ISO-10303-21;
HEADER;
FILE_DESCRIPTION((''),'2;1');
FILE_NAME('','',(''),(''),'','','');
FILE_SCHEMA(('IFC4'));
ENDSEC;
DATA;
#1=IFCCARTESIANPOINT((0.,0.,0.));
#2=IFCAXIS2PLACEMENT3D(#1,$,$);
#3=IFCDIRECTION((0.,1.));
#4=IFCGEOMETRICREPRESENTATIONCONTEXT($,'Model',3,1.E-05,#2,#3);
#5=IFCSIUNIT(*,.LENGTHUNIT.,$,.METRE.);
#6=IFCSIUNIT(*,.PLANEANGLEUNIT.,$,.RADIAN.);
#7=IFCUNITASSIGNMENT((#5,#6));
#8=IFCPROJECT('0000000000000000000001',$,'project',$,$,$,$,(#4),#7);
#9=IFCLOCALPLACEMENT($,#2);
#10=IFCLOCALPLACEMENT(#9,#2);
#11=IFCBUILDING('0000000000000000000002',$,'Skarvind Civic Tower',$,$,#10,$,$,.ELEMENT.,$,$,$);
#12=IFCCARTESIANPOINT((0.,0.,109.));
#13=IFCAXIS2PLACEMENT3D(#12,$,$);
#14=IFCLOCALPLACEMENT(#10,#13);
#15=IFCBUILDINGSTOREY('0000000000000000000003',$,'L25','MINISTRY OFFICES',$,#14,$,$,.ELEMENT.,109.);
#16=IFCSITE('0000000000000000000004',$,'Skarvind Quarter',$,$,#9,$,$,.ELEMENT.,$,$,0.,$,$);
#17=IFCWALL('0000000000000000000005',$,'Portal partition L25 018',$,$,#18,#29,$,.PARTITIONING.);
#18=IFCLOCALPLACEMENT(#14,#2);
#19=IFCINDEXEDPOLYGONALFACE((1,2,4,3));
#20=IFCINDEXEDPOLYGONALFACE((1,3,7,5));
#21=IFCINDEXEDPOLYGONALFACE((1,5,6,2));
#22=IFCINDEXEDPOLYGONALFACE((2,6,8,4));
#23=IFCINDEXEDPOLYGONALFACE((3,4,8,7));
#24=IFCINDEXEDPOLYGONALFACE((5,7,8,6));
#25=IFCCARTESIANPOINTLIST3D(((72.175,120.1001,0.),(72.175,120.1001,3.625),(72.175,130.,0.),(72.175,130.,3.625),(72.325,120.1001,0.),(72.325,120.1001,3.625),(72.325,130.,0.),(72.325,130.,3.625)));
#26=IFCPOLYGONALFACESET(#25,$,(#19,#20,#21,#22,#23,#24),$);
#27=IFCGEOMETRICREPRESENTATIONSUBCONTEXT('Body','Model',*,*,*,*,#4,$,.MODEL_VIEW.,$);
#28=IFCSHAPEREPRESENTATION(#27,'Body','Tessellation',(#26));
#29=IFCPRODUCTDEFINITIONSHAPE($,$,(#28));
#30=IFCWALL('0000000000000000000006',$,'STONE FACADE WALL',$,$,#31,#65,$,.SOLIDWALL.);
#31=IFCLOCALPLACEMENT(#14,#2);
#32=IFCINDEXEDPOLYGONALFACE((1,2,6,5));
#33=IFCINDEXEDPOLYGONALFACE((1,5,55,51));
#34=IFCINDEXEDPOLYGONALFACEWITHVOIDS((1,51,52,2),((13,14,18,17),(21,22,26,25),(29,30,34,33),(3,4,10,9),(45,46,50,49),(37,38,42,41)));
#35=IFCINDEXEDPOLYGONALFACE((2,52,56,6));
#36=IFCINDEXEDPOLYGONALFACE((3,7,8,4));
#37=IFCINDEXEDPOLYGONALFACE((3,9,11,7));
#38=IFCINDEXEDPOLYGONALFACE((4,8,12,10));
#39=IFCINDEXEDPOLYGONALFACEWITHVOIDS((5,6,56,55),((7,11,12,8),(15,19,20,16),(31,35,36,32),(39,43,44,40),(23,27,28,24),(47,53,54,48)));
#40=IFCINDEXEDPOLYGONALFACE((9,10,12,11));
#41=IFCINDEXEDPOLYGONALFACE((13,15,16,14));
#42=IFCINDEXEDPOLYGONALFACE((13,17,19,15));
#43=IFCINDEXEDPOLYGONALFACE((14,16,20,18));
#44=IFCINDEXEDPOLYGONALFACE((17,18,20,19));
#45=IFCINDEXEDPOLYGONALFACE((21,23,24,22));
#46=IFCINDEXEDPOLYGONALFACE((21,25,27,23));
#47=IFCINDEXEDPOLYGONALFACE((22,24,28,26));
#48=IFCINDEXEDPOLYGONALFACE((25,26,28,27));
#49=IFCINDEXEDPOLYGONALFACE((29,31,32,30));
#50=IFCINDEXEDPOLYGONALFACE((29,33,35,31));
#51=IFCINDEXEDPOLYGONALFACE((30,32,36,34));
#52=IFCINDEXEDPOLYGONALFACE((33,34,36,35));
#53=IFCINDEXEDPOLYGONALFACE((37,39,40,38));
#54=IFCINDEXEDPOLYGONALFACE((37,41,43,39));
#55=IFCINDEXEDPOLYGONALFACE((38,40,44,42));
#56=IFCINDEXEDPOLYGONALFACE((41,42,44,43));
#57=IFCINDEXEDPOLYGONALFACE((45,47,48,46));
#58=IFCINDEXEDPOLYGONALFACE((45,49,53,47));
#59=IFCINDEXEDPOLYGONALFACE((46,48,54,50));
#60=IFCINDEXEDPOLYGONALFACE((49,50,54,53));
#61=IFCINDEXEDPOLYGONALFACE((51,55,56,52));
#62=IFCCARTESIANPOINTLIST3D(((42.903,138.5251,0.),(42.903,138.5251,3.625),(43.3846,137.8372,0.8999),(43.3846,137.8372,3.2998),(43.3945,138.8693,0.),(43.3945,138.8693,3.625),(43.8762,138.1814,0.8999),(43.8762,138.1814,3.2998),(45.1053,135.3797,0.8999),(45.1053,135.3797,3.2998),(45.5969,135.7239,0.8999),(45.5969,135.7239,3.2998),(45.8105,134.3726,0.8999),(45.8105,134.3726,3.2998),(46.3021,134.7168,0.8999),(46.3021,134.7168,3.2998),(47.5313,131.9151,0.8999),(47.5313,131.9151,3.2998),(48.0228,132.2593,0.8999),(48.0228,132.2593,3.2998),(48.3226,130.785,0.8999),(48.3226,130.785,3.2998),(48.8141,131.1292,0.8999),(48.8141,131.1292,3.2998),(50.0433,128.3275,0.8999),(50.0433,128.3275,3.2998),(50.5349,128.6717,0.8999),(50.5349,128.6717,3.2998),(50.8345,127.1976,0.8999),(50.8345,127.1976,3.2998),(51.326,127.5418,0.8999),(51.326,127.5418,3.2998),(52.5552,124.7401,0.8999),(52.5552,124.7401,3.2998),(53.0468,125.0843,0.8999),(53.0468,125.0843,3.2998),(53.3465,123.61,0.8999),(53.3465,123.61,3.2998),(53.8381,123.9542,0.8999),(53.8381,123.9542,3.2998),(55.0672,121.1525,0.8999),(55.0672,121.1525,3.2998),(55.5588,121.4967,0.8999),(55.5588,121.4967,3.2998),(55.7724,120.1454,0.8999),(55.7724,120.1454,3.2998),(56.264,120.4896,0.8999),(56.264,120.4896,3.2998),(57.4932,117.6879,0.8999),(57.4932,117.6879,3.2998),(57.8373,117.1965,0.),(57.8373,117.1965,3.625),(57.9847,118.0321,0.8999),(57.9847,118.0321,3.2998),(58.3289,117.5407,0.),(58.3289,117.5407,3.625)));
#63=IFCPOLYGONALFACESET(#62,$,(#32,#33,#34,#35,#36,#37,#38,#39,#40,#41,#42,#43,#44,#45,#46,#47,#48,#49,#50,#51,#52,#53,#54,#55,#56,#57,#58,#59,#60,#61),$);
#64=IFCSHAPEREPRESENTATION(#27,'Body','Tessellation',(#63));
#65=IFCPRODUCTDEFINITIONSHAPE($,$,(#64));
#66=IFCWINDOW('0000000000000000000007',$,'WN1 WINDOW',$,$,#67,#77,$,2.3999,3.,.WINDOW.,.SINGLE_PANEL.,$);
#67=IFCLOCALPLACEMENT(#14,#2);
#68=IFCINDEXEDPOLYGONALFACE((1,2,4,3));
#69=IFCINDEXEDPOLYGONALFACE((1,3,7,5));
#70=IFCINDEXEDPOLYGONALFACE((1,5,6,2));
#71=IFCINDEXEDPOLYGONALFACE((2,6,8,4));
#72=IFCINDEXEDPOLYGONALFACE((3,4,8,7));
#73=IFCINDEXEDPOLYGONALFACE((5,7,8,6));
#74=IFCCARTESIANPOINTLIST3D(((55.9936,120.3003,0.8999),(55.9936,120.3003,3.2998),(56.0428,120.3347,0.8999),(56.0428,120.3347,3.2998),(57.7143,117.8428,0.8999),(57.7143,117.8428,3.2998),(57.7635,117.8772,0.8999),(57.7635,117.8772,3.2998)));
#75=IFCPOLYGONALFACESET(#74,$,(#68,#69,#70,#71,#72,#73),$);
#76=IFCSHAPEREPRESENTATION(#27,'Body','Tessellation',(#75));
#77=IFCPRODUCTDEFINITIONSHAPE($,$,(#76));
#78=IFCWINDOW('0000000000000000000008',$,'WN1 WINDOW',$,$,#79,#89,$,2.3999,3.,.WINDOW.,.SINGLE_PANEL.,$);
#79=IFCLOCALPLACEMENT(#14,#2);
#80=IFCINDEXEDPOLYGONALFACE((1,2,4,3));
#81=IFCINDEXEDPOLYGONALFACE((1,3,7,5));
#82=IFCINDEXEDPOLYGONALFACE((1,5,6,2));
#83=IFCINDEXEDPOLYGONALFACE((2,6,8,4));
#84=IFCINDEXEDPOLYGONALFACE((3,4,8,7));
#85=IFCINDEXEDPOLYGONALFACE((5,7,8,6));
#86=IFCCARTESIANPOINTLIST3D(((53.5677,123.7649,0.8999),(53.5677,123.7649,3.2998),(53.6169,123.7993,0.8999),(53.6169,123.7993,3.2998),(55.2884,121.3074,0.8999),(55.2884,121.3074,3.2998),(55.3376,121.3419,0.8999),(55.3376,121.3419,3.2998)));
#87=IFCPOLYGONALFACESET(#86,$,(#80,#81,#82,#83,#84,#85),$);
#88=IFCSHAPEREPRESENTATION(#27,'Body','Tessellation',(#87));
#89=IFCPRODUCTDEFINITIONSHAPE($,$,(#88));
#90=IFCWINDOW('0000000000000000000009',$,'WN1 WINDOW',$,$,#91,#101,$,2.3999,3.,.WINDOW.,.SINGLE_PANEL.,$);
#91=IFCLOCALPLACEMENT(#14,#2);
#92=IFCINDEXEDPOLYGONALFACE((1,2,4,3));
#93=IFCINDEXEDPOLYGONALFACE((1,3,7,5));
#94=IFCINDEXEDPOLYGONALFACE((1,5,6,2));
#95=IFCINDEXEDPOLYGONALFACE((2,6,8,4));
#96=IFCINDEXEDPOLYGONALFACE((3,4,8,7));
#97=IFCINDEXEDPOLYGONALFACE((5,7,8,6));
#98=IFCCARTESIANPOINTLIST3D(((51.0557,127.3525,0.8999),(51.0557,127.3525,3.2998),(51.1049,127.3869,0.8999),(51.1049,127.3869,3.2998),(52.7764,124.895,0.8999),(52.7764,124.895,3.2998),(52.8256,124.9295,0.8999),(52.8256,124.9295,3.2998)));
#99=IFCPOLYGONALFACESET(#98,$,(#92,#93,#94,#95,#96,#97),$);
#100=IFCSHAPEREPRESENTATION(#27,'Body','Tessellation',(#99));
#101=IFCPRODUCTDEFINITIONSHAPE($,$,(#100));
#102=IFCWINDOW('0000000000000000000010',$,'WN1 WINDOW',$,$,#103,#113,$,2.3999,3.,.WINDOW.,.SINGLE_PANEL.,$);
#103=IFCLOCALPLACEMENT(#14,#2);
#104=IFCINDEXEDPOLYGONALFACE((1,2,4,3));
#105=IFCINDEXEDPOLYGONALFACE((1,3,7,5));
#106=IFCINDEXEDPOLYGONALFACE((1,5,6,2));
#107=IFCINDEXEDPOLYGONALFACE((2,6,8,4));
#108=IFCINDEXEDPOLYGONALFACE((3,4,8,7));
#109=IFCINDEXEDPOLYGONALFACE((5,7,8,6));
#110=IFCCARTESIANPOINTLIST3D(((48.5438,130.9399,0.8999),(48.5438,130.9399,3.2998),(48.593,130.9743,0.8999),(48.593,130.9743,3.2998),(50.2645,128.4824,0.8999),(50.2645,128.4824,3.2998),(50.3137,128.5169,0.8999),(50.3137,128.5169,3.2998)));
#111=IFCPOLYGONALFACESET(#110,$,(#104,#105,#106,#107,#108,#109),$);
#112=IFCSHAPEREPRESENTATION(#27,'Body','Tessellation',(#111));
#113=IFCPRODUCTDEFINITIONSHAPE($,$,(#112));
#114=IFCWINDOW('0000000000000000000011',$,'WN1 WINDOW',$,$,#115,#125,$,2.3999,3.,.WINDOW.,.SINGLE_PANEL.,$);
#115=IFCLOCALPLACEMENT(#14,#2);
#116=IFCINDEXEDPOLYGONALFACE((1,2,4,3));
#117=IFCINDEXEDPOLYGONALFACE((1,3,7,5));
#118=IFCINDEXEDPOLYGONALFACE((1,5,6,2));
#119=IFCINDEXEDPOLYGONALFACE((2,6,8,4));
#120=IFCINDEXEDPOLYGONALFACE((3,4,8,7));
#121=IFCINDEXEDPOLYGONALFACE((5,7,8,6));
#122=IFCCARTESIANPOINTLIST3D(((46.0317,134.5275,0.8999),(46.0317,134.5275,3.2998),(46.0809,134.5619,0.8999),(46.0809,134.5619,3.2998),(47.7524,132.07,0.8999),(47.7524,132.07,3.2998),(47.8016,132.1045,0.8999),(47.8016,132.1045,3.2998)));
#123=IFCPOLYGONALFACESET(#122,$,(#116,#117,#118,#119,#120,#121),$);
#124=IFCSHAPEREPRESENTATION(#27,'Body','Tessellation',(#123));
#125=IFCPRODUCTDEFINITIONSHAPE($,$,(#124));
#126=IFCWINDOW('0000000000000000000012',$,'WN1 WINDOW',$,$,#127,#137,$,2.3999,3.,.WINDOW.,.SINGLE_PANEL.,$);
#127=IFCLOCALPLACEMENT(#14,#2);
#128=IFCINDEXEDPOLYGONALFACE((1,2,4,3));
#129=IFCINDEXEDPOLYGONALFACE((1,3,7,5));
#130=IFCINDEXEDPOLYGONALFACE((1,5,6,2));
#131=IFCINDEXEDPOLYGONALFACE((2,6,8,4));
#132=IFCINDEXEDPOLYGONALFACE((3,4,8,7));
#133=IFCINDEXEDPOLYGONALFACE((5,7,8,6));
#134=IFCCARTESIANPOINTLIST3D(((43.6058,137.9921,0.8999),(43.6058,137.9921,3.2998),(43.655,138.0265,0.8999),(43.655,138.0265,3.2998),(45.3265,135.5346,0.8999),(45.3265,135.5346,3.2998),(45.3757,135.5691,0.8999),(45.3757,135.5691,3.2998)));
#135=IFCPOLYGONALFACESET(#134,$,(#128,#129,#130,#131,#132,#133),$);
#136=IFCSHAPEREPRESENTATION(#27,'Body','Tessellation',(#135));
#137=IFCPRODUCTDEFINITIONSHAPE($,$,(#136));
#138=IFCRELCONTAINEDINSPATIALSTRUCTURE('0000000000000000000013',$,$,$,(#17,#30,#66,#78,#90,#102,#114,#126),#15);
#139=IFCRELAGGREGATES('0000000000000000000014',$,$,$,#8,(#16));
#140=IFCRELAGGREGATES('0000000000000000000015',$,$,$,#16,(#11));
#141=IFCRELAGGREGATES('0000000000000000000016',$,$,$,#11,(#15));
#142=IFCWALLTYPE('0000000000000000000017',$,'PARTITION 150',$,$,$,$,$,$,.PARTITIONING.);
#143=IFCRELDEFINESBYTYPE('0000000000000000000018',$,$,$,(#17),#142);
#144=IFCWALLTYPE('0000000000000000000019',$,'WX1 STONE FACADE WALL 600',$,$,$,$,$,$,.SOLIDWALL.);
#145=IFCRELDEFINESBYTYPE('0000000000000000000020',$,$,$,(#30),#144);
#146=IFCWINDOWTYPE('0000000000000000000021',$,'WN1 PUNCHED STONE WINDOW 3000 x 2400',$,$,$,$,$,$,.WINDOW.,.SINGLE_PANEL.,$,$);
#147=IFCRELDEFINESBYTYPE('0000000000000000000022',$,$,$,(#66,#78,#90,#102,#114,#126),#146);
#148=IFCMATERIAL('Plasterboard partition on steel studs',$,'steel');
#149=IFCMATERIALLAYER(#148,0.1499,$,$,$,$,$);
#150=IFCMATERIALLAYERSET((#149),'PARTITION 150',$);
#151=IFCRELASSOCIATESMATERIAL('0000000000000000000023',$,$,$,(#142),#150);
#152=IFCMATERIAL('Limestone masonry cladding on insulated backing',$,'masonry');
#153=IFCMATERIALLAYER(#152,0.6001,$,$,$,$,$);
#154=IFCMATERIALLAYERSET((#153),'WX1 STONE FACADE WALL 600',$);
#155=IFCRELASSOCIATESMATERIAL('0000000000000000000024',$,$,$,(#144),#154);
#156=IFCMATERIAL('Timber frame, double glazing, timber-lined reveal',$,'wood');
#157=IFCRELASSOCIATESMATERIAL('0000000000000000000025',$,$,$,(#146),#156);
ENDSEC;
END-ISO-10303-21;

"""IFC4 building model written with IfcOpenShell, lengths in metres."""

from ifc_helpers import new_model, si_unit, direction, frame, frame_2d, origin, place, context, subcontext, project, spatial, rectangle, extrude, material, layer, layer_set, type_object, element, fill, save


model = new_model("IFC4")

# Units and contexts
model_context = context("Model", 3, precision=1e-05, world=origin(), true_north=direction((0.0, 1.0)))
body_context = subcontext(model_context, "Body", "Model", "MODEL_VIEW")
ifc_project = project(units=[si_unit("LENGTHUNIT", "METRE"), si_unit("PLANEANGLEUNIT", "RADIAN")], contexts=[model_context])

# Site, building, storey
site_placement = place(None, origin())
site = spatial("IfcSite", under=ifc_project, at=site_placement, Name="Skarvind Quarter", CompositionType="ELEMENT", RefElevation=0.0)
building_placement = place(site_placement, origin())
building = spatial("IfcBuilding", under=site, at=building_placement, Name="Skarvind Civic Tower", CompositionType="ELEMENT")
storey_placement = place(building_placement, frame((0.0, 0.0, 109.0)))
storey = spatial("IfcBuildingStorey", under=building, at=storey_placement, Name="L25", Description="MINISTRY OFFICES", CompositionType="ELEMENT", Elevation=109.0)

# Wall
ifc_material_1 = material(Name="Plasterboard partition on steel studs", Category="steel")
ifc_layer_1 = layer(ifc_material_1, 0.1499)
ifc_layer_set_1 = layer_set([ifc_layer_1], Name="PARTITION 150")
wall_type_1 = type_object("IfcWallType", Name="PARTITION 150", PredefinedType="PARTITIONING", material=ifc_layer_set_1)
wall_1_placement = place(storey_placement, frame((72.25, 120.1001, 0.0), z_axis=(0.0, 0.0, 1.0), x_axis=(0.0, 1.0, 0.0)))
element("IfcWall", 1, at=wall_1_placement, inside=storey, type_object=wall_type_1, Name="Portal partition L25 018", PredefinedType="PARTITIONING", context=body_context, shape_type="SweptSolid", body=[
    extrude(rectangle(XDim=9.8999, YDim=0.1499, at=frame_2d((4.95, 0.0))), origin(), (0.0, 0.0, 1.0), 3.625),
])

# Wall, openings, windows
ifc_material_2 = material(Name="Limestone masonry cladding on insulated backing", Category="masonry")
ifc_layer_2 = layer(ifc_material_2, 0.6001)
ifc_layer_set_2 = layer_set([ifc_layer_2], Name="WX1 STONE FACADE WALL 600")
wall_type_2 = type_object("IfcWallType", Name="WX1 STONE FACADE WALL 600", PredefinedType="SOLIDWALL", material=ifc_layer_set_2)
wall_2_placement = place(storey_placement, frame((58.083, 117.3687, 0.0), z_axis=(0.0, 0.0, 1.0), x_axis=(-0.573573, 0.819154, 0.0)))
wall_2 = element("IfcWall", 2, at=wall_2_placement, inside=storey, type_object=wall_type_2, Name="STONE FACADE WALL", PredefinedType="SOLIDWALL", context=body_context, shape_type="SweptSolid", body=[
    extrude(rectangle(XDim=26.0374, YDim=0.6001, at=frame_2d((13.0186, 0.0))), origin(), (0.0, 0.0, 1.0), 3.625),
])
opening_1_placement = place(wall_2_placement, frame((0.5999, 0.0, 0.8999)))
opening_1 = element("IfcOpeningElement", 3, at=opening_1_placement, cuts=wall_2, PredefinedType="OPENING", context=body_context, shape_type="SweptSolid", body=[
    extrude(rectangle(XDim=3.0, YDim=2.3999, at=frame_2d((1.5, 1.2))), frame((0.0, 0.3101, 0.0), z_axis=(0.0, -1.0, 0.0), x_axis=(1.0, 0.0, 0.0)), (0.0, 0.0, 1.0), 0.6201),
])
opening_2_placement = place(wall_2_placement, frame((4.8293, 0.0, 0.8999)))
opening_2 = element("IfcOpeningElement", 4, at=opening_2_placement, cuts=wall_2, PredefinedType="OPENING", context=body_context, shape_type="SweptSolid", body=[
    extrude(rectangle(XDim=3.0, YDim=2.3999, at=frame_2d((1.5, 1.2))), frame((0.0, 0.3101, 0.0), z_axis=(0.0, -1.0, 0.0), x_axis=(1.0, 0.0, 0.0)), (0.0, 0.0, 1.0), 0.6201),
])
opening_3_placement = place(wall_2_placement, frame((9.209, 0.0, 0.8999)))
opening_3 = element("IfcOpeningElement", 5, at=opening_3_placement, cuts=wall_2, PredefinedType="OPENING", context=body_context, shape_type="SweptSolid", body=[
    extrude(rectangle(XDim=3.0, YDim=2.3999, at=frame_2d((1.5, 1.2))), frame((0.0, 0.3101, 0.0), z_axis=(0.0, -1.0, 0.0), x_axis=(1.0, 0.0, 0.0)), (0.0, 0.0, 1.0), 0.6201),
])
opening_4_placement = place(wall_2_placement, frame((13.5884, 0.0, 0.8999)))
opening_4 = element("IfcOpeningElement", 6, at=opening_4_placement, cuts=wall_2, PredefinedType="OPENING", context=body_context, shape_type="SweptSolid", body=[
    extrude(rectangle(XDim=3.0, YDim=2.3999, at=frame_2d((1.5, 1.2))), frame((0.0, 0.3101, 0.0), z_axis=(0.0, -1.0, 0.0), x_axis=(1.0, 0.0, 0.0)), (0.0, 0.0, 1.0), 0.6201),
])
opening_5_placement = place(wall_2_placement, frame((17.968, 0.0, 0.8999)))
opening_5 = element("IfcOpeningElement", 7, at=opening_5_placement, cuts=wall_2, PredefinedType="OPENING", context=body_context, shape_type="SweptSolid", body=[
    extrude(rectangle(XDim=3.0, YDim=2.3999, at=frame_2d((1.5, 1.2))), frame((0.0, 0.3101, 0.0), z_axis=(0.0, -1.0, 0.0), x_axis=(1.0, 0.0, 0.0)), (0.0, 0.0, 1.0), 0.6201),
])
opening_6_placement = place(wall_2_placement, frame((22.1975, 0.0, 0.8999)))
opening_6 = element("IfcOpeningElement", 8, at=opening_6_placement, cuts=wall_2, PredefinedType="OPENING", context=body_context, shape_type="SweptSolid", body=[
    extrude(rectangle(XDim=3.0, YDim=2.3999, at=frame_2d((1.5, 1.2))), frame((0.0, 0.3101, 0.0), z_axis=(0.0, -1.0, 0.0), x_axis=(1.0, 0.0, 0.0)), (0.0, 0.0, 1.0), 0.6201),
])
ifc_material_3 = material(Name="Timber frame, double glazing, timber-lined reveal", Category="wood")
window_type = type_object("IfcWindowType", Name="WN1 PUNCHED STONE WINDOW 3000 x 2400", PartitioningType="SINGLE_PANEL", PredefinedType="WINDOW", material=ifc_material_3)
window_1_placement = place(opening_1_placement, origin())
window_1 = element("IfcWindow", 9, at=window_1_placement, inside=storey, type_object=window_type, Name="WN1 WINDOW", OverallHeight=2.3999, OverallWidth=3.0, PartitioningType="SINGLE_PANEL", PredefinedType="WINDOW", context=body_context, shape_type="SweptSolid", body=[
    extrude(rectangle(XDim=3.0, YDim=2.3999, at=frame_2d((1.5, 1.2))), frame((0.0, 0.03, 0.0), z_axis=(0.0, -1.0, 0.0), x_axis=(1.0, 0.0, 0.0)), (0.0, 0.0, 1.0), 0.0601),
])
fill(opening_1, window_1)
window_2_placement = place(opening_2_placement, origin())
window_2 = element("IfcWindow", 10, at=window_2_placement, inside=storey, type_object=window_type, Name="WN1 WINDOW", OverallHeight=2.3999, OverallWidth=3.0, PartitioningType="SINGLE_PANEL", PredefinedType="WINDOW", context=body_context, shape_type="SweptSolid", body=[
    extrude(rectangle(XDim=3.0, YDim=2.3999, at=frame_2d((1.5, 1.2))), frame((0.0, 0.03, 0.0), z_axis=(0.0, -1.0, 0.0), x_axis=(1.0, 0.0, 0.0)), (0.0, 0.0, 1.0), 0.0601),
])
fill(opening_2, window_2)
window_3_placement = place(opening_3_placement, origin())
window_3 = element("IfcWindow", 11, at=window_3_placement, inside=storey, type_object=window_type, Name="WN1 WINDOW", OverallHeight=2.3999, OverallWidth=3.0, PartitioningType="SINGLE_PANEL", PredefinedType="WINDOW", context=body_context, shape_type="SweptSolid", body=[
    extrude(rectangle(XDim=3.0, YDim=2.3999, at=frame_2d((1.5, 1.2))), frame((0.0, 0.03, 0.0), z_axis=(0.0, -1.0, 0.0), x_axis=(1.0, 0.0, 0.0)), (0.0, 0.0, 1.0), 0.0601),
])
fill(opening_3, window_3)
window_4_placement = place(opening_4_placement, origin())
window_4 = element("IfcWindow", 12, at=window_4_placement, inside=storey, type_object=window_type, Name="WN1 WINDOW", OverallHeight=2.3999, OverallWidth=3.0, PartitioningType="SINGLE_PANEL", PredefinedType="WINDOW", context=body_context, shape_type="SweptSolid", body=[
    extrude(rectangle(XDim=3.0, YDim=2.3999, at=frame_2d((1.5, 1.2))), frame((0.0, 0.03, 0.0), z_axis=(0.0, -1.0, 0.0), x_axis=(1.0, 0.0, 0.0)), (0.0, 0.0, 1.0), 0.0601),
])
fill(opening_4, window_4)
window_5_placement = place(opening_5_placement, origin())
window_5 = element("IfcWindow", 13, at=window_5_placement, inside=storey, type_object=window_type, Name="WN1 WINDOW", OverallHeight=2.3999, OverallWidth=3.0, PartitioningType="SINGLE_PANEL", PredefinedType="WINDOW", context=body_context, shape_type="SweptSolid", body=[
    extrude(rectangle(XDim=3.0, YDim=2.3999, at=frame_2d((1.5, 1.2))), frame((0.0, 0.03, 0.0), z_axis=(0.0, -1.0, 0.0), x_axis=(1.0, 0.0, 0.0)), (0.0, 0.0, 1.0), 0.0601),
])
fill(opening_5, window_5)
window_6_placement = place(opening_6_placement, origin())
window_6 = element("IfcWindow", 14, at=window_6_placement, inside=storey, type_object=window_type, Name="WN1 WINDOW", OverallHeight=2.3999, OverallWidth=3.0, PartitioningType="SINGLE_PANEL", PredefinedType="WINDOW", context=body_context, shape_type="SweptSolid", body=[
    extrude(rectangle(XDim=3.0, YDim=2.3999, at=frame_2d((1.5, 1.2))), frame((0.0, 0.03, 0.0), z_axis=(0.0, -1.0, 0.0), x_axis=(1.0, 0.0, 0.0)), (0.0, 0.0, 1.0), 0.0601),
])
fill(opening_6, window_6)

save(model, "model.ifc")
